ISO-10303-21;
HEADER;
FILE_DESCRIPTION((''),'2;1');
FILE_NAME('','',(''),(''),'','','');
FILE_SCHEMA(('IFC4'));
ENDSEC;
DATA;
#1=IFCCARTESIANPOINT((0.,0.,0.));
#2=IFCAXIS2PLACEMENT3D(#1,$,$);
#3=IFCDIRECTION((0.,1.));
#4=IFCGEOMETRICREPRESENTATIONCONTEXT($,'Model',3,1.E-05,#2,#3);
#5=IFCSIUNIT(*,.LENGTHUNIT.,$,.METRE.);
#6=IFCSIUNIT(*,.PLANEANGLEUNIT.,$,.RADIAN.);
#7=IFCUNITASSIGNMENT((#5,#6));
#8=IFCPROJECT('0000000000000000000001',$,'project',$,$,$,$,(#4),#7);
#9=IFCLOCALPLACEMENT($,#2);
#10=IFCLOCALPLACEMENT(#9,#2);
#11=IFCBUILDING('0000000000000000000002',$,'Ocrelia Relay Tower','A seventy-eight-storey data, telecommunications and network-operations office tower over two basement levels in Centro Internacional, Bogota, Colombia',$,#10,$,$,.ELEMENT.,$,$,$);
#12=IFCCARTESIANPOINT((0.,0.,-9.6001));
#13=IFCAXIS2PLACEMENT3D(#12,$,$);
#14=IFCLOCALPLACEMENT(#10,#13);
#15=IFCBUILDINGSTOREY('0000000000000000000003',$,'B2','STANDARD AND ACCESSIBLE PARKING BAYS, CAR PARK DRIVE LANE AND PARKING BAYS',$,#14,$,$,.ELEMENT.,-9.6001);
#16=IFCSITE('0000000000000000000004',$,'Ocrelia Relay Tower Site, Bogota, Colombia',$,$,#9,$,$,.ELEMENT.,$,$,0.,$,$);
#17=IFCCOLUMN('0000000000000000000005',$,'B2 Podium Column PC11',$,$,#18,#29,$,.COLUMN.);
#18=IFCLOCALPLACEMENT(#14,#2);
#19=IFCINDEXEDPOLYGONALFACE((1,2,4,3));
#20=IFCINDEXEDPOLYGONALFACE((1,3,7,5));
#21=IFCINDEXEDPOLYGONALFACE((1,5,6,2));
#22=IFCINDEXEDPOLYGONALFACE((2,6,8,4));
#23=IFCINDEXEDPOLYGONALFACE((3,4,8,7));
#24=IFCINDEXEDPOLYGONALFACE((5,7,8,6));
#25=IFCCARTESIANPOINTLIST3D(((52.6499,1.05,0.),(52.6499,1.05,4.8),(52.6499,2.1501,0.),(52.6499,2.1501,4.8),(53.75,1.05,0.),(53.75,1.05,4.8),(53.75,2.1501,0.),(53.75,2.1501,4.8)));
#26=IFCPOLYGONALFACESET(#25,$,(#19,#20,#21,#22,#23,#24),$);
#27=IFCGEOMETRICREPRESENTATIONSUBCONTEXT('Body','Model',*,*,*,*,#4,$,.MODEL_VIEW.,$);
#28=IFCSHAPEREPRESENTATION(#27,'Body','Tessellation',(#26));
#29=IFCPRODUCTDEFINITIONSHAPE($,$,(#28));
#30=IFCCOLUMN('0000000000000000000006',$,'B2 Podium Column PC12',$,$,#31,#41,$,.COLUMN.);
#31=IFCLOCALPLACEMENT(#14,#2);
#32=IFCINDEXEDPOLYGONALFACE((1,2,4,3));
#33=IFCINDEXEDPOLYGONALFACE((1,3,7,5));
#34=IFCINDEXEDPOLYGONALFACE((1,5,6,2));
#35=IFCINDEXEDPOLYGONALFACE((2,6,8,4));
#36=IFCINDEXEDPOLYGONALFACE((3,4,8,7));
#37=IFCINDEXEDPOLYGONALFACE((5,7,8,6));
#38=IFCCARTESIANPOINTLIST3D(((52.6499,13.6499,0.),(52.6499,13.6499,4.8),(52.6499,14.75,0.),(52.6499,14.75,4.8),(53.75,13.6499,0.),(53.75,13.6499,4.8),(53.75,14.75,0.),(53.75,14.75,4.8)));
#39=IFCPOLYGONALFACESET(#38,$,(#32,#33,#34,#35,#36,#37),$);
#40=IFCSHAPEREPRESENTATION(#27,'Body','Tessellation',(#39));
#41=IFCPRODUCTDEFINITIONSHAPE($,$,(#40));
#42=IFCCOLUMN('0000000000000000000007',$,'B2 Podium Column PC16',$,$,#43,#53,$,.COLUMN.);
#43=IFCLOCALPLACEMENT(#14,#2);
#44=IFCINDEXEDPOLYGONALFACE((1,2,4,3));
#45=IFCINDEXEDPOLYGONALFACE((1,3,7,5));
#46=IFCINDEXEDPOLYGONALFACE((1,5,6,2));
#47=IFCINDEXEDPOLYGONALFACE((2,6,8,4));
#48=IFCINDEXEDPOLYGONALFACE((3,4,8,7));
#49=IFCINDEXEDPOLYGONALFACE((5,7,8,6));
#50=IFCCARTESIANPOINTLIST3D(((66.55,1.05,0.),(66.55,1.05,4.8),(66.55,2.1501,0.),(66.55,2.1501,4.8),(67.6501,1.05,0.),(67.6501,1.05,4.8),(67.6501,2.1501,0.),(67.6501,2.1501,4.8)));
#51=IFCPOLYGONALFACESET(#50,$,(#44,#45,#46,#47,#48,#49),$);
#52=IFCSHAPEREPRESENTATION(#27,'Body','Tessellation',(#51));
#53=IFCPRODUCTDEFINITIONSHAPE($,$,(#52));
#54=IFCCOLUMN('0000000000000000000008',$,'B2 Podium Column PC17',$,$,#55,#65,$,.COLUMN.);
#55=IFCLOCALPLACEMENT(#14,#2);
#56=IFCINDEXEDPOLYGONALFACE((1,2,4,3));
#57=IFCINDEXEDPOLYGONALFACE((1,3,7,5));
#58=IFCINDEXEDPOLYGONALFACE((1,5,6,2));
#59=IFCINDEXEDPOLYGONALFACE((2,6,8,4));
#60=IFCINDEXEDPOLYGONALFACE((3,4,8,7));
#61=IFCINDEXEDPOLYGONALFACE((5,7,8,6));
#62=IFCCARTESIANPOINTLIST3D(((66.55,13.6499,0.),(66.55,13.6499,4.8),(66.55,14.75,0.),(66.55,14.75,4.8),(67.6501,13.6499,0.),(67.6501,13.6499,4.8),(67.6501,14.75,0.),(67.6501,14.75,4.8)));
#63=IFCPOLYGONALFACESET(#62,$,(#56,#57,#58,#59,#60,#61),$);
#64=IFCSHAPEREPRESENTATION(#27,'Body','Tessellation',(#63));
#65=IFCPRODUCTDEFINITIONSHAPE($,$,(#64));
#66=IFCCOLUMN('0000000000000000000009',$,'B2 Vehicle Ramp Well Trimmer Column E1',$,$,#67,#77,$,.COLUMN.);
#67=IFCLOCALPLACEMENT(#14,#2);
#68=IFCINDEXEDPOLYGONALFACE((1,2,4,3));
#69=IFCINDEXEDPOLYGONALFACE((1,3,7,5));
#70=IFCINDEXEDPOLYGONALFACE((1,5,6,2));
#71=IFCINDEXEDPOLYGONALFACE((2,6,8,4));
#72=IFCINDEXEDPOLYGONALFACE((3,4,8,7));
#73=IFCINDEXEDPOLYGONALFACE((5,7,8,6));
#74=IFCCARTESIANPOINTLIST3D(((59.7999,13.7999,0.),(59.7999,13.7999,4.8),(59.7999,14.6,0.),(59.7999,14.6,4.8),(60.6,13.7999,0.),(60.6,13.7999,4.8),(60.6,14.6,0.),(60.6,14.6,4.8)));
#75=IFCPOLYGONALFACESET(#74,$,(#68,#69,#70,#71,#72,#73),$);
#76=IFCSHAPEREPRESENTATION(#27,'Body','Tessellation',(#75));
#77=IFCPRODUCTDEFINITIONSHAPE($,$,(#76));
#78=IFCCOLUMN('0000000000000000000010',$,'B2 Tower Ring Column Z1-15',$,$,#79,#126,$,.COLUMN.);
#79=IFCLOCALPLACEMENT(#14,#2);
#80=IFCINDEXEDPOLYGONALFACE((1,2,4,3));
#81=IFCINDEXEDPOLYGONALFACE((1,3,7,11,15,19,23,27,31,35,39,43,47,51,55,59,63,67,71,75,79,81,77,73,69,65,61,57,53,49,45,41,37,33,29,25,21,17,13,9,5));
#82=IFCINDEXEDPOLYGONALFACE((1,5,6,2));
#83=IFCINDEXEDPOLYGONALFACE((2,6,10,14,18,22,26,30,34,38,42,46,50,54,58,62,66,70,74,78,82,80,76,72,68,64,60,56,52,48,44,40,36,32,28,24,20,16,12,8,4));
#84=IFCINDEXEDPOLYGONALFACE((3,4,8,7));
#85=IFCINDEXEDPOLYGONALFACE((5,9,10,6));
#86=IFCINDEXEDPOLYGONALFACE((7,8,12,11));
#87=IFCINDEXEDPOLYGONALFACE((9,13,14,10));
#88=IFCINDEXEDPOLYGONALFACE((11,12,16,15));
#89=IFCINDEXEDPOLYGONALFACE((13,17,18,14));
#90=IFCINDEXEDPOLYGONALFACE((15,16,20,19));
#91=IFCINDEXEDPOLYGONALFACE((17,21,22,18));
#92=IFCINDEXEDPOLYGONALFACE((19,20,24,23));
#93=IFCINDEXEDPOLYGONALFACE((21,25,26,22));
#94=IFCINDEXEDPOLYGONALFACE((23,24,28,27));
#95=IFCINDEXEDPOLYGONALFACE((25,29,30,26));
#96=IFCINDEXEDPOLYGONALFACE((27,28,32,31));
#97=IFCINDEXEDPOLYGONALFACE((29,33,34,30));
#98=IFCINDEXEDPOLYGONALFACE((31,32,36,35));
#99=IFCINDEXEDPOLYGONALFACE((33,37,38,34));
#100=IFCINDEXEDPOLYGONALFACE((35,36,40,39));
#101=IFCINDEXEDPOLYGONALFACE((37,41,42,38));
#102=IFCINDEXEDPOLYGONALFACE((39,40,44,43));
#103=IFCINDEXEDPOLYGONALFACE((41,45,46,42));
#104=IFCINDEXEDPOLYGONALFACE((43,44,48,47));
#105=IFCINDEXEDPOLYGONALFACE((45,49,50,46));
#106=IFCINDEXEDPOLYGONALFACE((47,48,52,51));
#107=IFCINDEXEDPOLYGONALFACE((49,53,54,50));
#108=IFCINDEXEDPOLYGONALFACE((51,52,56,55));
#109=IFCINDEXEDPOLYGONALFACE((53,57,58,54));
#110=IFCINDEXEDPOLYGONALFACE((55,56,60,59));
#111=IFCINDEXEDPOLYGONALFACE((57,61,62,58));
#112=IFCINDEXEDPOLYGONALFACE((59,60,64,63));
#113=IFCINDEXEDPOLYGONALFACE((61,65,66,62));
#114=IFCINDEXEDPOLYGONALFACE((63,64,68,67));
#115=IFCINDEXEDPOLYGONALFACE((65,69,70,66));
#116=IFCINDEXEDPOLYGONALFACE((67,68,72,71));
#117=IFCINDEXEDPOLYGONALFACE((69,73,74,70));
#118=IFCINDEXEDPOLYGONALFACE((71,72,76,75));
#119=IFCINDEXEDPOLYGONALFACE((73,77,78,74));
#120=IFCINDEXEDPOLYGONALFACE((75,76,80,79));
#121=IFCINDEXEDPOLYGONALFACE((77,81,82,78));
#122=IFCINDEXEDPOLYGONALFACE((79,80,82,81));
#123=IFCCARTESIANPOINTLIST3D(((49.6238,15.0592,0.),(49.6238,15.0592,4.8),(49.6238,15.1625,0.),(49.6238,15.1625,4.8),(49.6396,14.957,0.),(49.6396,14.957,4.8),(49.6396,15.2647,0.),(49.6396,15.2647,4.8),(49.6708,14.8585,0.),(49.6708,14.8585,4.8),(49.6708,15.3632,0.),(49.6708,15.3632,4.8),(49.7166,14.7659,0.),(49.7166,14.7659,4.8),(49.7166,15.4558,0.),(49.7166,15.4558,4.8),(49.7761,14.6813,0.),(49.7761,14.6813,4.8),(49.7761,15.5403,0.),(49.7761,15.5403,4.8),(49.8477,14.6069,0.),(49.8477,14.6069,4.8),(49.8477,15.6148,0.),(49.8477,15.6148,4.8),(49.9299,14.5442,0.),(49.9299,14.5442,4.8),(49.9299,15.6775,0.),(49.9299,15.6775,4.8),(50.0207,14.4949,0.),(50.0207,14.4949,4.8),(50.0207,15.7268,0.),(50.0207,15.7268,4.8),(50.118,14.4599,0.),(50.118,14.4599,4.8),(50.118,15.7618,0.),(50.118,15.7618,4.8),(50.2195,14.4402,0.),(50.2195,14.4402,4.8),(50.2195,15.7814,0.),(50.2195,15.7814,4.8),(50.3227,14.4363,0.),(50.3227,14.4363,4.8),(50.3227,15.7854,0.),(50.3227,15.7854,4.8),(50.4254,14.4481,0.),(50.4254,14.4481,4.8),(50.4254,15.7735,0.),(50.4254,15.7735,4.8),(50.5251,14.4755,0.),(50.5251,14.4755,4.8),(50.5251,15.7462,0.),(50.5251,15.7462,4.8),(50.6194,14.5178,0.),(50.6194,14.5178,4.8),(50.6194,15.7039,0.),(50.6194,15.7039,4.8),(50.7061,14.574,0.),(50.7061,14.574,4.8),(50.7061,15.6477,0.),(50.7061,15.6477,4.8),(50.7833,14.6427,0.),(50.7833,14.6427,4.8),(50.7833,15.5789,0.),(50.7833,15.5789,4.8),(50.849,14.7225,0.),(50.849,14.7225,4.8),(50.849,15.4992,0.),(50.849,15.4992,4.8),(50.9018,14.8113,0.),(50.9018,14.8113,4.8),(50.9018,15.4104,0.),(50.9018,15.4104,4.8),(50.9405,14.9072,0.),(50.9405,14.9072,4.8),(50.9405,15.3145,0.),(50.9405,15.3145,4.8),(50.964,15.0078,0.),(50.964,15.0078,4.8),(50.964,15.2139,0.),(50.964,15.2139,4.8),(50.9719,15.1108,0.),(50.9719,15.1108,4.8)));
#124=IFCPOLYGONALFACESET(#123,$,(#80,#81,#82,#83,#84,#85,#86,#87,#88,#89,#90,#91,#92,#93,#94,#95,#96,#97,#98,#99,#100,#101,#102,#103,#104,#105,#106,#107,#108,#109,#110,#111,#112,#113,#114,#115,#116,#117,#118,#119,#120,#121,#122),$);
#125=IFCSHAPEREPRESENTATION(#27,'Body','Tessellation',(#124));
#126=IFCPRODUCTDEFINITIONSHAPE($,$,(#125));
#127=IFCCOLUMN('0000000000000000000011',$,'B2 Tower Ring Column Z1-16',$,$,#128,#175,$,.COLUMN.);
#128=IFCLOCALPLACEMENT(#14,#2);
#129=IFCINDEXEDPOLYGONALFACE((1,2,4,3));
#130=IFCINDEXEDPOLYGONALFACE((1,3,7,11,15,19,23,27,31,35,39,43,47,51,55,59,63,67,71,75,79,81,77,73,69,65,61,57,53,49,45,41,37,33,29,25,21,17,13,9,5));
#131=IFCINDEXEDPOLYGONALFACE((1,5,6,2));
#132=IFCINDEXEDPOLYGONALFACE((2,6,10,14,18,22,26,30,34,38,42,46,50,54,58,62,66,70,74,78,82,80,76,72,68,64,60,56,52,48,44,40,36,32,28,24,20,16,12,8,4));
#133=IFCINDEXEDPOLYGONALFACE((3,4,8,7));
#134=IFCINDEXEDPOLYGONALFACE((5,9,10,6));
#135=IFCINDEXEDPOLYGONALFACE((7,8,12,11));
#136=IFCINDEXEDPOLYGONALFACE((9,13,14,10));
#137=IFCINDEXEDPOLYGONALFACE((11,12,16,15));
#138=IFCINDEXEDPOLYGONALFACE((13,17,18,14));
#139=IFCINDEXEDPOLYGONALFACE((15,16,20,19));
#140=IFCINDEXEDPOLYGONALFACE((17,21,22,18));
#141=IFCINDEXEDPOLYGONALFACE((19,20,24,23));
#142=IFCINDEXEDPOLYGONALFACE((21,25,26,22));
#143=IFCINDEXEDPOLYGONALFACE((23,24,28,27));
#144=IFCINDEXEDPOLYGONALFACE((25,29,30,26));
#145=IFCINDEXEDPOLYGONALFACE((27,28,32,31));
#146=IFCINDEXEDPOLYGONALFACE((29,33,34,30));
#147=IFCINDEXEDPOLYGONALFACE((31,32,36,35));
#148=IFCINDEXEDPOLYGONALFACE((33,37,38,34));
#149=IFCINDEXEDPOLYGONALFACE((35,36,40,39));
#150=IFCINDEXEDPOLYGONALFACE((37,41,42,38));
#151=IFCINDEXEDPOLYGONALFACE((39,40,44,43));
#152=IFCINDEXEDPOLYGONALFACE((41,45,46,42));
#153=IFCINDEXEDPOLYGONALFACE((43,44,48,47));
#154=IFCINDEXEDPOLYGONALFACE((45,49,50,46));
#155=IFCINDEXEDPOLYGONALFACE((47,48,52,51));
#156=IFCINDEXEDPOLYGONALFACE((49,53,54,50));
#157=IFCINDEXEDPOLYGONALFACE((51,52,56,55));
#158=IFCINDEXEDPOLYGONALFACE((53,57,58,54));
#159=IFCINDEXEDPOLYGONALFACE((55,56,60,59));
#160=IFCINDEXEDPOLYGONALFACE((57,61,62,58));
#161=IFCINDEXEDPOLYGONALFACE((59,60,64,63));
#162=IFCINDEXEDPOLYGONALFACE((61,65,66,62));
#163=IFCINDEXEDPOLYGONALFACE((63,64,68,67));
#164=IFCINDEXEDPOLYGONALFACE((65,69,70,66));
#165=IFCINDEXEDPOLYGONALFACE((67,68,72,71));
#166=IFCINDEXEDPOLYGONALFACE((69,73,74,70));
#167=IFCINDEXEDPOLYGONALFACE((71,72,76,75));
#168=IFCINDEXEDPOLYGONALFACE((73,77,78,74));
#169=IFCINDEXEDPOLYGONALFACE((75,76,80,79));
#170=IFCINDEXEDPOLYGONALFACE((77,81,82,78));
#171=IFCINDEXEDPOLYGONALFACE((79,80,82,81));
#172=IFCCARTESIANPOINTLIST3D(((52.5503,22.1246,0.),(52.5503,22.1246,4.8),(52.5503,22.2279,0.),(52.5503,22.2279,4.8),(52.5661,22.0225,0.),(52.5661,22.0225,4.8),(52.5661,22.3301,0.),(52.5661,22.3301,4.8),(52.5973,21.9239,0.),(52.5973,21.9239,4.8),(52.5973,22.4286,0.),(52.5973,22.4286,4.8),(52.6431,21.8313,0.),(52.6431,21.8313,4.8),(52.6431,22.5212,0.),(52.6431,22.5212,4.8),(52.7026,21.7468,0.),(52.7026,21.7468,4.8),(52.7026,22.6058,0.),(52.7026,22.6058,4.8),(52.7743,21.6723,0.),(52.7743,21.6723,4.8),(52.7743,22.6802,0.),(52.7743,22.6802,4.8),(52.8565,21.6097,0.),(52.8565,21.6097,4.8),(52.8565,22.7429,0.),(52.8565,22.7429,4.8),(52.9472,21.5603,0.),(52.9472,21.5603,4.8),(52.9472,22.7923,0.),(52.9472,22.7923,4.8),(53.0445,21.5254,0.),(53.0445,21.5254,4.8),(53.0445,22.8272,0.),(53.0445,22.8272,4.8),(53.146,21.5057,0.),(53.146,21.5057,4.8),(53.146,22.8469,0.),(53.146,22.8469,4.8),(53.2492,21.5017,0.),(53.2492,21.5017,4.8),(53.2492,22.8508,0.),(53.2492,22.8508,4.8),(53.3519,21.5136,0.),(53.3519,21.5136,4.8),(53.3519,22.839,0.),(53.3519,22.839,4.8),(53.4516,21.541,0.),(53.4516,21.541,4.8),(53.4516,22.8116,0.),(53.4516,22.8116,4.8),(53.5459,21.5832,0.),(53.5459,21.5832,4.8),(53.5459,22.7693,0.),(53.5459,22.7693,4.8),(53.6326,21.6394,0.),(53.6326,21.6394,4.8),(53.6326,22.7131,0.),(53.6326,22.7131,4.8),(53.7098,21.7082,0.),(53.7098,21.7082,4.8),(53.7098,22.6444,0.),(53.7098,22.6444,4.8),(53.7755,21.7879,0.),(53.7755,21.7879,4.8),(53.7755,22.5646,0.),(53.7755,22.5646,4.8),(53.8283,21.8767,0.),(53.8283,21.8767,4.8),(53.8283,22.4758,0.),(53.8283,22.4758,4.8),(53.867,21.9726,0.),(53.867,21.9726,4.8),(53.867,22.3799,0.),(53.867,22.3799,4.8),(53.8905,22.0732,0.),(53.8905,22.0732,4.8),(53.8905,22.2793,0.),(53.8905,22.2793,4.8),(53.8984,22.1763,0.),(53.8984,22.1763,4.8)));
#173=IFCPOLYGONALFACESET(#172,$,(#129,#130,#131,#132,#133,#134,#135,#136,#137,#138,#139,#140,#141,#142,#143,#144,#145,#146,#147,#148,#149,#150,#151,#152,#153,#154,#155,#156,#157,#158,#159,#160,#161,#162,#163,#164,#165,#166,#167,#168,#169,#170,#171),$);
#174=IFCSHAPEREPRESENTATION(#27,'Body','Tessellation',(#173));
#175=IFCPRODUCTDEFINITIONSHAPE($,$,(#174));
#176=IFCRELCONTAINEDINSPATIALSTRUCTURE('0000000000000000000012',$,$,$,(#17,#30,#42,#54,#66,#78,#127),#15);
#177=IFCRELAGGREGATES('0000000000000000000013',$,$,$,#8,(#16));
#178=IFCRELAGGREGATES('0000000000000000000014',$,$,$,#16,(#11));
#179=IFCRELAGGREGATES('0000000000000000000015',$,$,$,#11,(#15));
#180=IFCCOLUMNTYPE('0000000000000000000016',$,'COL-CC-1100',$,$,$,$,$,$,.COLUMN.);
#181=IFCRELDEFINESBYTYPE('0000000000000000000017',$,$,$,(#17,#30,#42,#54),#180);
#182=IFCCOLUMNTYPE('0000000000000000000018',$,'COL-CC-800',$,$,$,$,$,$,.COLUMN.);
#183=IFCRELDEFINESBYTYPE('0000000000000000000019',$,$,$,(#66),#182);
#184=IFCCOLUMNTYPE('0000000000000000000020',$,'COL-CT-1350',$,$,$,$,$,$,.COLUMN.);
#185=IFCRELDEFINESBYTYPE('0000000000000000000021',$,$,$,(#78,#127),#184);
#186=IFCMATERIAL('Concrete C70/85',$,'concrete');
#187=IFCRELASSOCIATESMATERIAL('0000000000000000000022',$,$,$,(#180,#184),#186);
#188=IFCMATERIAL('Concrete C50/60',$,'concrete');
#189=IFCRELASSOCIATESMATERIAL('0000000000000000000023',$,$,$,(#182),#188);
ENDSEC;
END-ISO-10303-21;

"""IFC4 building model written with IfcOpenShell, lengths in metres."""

from ifc_helpers import new_model, si_unit, direction, frame, origin, origin_2d, place, context, subcontext, project, spatial, rectangle, circle, extrude, material, material_profile, profile_set, type_object, element, save


model = new_model("IFC4")

# Units and contexts
model_context = context("Model", 3, precision=1e-05, world=origin(), true_north=direction((0.0, 1.0)))
body_context = subcontext(model_context, "Body", "Model", "MODEL_VIEW")
ifc_project = project(units=[si_unit("LENGTHUNIT", "METRE"), si_unit("PLANEANGLEUNIT", "RADIAN")], contexts=[model_context])

# Site, building, storey
site_placement = place(None, origin())
site = spatial("IfcSite", under=ifc_project, at=site_placement, Name="Ocrelia Relay Tower Site, Bogota, Colombia", CompositionType="ELEMENT", RefElevation=0.0)
building_placement = place(site_placement, origin())
building = spatial("IfcBuilding", under=site, at=building_placement, Name="Ocrelia Relay Tower", Description="A seventy-eight-storey data, telecommunications and network-operations office tower over two basement levels in Centro Internacional, Bogota, Colombia", CompositionType="ELEMENT")
storey_placement = place(building_placement, frame((0.0, 0.0, -9.6001)))
storey = spatial("IfcBuildingStorey", under=building, at=storey_placement, Name="B2", Description="STANDARD AND ACCESSIBLE PARKING BAYS, CAR PARK DRIVE LANE AND PARKING BAYS", CompositionType="ELEMENT", Elevation=-9.6001)

# Shared definitions
ifc_material_1 = material(Name="Concrete C50/60", Category="concrete")

# Columns
ifc_material_2 = material(Name="Concrete C70/85", Category="concrete")
ifc_material_profile_1 = material_profile(ifc_material_2, rectangle(XDim=1.1001, YDim=1.1001, at=origin_2d()), Name="RC-COL-1100x1100")
ifc_profile_set_1 = profile_set([ifc_material_profile_1], Name="Concrete C70/85")
column_type_1 = type_object("IfcColumnType", Name="COL-CC-1100", PredefinedType="COLUMN", material=ifc_profile_set_1)
for number, where, z_axis, x_axis, name in (
    (1, (53.2, 1.6001, 0.0), (0.0, 0.0, 1.0), (1.0, 0.0, 0.0), "B2 Podium Column PC11"),
    (2, (53.2, 14.2, 0.0), (0.0, 0.0, 1.0), (1.0, 0.0, 0.0), "B2 Podium Column PC12"),
    (3, (67.1001, 1.6001, 0.0), (0.0, 0.0, 1.0), (1.0, 0.0, 0.0), "B2 Podium Column PC16"),
    (4, (67.1001, 14.2, 0.0), (0.0, 0.0, 1.0), (1.0, 0.0, 0.0), "B2 Podium Column PC17"),
):
    element("IfcColumn", number, at=place(storey_placement, frame(where, z_axis=z_axis, x_axis=x_axis)), inside=storey, type_object=column_type_1, Name=name, PredefinedType="COLUMN", context=body_context, shape_type="SweptSolid", body=[
        extrude(rectangle(XDim=1.1001, YDim=1.1001, at=origin_2d()), origin(), (0.0, 0.0, 1.0), 4.8),
    ])
ifc_material_profile_2 = material_profile(ifc_material_1, rectangle(XDim=0.8, YDim=0.8, at=origin_2d()), Name="RC-COL-800x800")
ifc_profile_set_2 = profile_set([ifc_material_profile_2], Name="Concrete C50/60")
column_type_2 = type_object("IfcColumnType", Name="COL-CC-800", PredefinedType="COLUMN", material=ifc_profile_set_2)
column_placement = place(storey_placement, frame((60.2, 14.2, 0.0), z_axis=(0.0, 0.0, 1.0), x_axis=(1.0, 0.0, 0.0)))
element("IfcColumn", 5, at=column_placement, inside=storey, type_object=column_type_2, Name="B2 Vehicle Ramp Well Trimmer Column E1", PredefinedType="COLUMN", context=body_context, shape_type="SweptSolid", body=[
    extrude(rectangle(XDim=0.8, YDim=0.8, at=origin_2d()), origin(), (0.0, 0.0, 1.0), 4.8),
])
ifc_material_profile_3 = material_profile(ifc_material_2, circle(Radius=0.675, at=origin_2d()), Name="RC-CIR-1350")
ifc_profile_set_3 = profile_set([ifc_material_profile_3], Name="Concrete C70/85")
column_type_3 = type_object("IfcColumnType", Name="COL-CT-1350", PredefinedType="COLUMN", material=ifc_profile_set_3)
for number, where, z_axis, x_axis, name in (
    (6, (50.2969, 15.1108, 0.0), (0.0, 0.0, 1.0), (1.0, 0.0, 0.0), "B2 Tower Ring Column Z1-15"),
    (7, (53.2234, 22.1763, 0.0), (0.0, 0.0, 1.0), (1.0, 0.0, 0.0), "B2 Tower Ring Column Z1-16"),
):
    element("IfcColumn", number, at=place(storey_placement, frame(where, z_axis=z_axis, x_axis=x_axis)), inside=storey, type_object=column_type_3, Name=name, PredefinedType="COLUMN", context=body_context, shape_type="SweptSolid", body=[
        extrude(circle(Radius=0.675, at=origin_2d()), origin(), (0.0, 0.0, 1.0), 4.8),
    ])

save(model, "model.ifc")
